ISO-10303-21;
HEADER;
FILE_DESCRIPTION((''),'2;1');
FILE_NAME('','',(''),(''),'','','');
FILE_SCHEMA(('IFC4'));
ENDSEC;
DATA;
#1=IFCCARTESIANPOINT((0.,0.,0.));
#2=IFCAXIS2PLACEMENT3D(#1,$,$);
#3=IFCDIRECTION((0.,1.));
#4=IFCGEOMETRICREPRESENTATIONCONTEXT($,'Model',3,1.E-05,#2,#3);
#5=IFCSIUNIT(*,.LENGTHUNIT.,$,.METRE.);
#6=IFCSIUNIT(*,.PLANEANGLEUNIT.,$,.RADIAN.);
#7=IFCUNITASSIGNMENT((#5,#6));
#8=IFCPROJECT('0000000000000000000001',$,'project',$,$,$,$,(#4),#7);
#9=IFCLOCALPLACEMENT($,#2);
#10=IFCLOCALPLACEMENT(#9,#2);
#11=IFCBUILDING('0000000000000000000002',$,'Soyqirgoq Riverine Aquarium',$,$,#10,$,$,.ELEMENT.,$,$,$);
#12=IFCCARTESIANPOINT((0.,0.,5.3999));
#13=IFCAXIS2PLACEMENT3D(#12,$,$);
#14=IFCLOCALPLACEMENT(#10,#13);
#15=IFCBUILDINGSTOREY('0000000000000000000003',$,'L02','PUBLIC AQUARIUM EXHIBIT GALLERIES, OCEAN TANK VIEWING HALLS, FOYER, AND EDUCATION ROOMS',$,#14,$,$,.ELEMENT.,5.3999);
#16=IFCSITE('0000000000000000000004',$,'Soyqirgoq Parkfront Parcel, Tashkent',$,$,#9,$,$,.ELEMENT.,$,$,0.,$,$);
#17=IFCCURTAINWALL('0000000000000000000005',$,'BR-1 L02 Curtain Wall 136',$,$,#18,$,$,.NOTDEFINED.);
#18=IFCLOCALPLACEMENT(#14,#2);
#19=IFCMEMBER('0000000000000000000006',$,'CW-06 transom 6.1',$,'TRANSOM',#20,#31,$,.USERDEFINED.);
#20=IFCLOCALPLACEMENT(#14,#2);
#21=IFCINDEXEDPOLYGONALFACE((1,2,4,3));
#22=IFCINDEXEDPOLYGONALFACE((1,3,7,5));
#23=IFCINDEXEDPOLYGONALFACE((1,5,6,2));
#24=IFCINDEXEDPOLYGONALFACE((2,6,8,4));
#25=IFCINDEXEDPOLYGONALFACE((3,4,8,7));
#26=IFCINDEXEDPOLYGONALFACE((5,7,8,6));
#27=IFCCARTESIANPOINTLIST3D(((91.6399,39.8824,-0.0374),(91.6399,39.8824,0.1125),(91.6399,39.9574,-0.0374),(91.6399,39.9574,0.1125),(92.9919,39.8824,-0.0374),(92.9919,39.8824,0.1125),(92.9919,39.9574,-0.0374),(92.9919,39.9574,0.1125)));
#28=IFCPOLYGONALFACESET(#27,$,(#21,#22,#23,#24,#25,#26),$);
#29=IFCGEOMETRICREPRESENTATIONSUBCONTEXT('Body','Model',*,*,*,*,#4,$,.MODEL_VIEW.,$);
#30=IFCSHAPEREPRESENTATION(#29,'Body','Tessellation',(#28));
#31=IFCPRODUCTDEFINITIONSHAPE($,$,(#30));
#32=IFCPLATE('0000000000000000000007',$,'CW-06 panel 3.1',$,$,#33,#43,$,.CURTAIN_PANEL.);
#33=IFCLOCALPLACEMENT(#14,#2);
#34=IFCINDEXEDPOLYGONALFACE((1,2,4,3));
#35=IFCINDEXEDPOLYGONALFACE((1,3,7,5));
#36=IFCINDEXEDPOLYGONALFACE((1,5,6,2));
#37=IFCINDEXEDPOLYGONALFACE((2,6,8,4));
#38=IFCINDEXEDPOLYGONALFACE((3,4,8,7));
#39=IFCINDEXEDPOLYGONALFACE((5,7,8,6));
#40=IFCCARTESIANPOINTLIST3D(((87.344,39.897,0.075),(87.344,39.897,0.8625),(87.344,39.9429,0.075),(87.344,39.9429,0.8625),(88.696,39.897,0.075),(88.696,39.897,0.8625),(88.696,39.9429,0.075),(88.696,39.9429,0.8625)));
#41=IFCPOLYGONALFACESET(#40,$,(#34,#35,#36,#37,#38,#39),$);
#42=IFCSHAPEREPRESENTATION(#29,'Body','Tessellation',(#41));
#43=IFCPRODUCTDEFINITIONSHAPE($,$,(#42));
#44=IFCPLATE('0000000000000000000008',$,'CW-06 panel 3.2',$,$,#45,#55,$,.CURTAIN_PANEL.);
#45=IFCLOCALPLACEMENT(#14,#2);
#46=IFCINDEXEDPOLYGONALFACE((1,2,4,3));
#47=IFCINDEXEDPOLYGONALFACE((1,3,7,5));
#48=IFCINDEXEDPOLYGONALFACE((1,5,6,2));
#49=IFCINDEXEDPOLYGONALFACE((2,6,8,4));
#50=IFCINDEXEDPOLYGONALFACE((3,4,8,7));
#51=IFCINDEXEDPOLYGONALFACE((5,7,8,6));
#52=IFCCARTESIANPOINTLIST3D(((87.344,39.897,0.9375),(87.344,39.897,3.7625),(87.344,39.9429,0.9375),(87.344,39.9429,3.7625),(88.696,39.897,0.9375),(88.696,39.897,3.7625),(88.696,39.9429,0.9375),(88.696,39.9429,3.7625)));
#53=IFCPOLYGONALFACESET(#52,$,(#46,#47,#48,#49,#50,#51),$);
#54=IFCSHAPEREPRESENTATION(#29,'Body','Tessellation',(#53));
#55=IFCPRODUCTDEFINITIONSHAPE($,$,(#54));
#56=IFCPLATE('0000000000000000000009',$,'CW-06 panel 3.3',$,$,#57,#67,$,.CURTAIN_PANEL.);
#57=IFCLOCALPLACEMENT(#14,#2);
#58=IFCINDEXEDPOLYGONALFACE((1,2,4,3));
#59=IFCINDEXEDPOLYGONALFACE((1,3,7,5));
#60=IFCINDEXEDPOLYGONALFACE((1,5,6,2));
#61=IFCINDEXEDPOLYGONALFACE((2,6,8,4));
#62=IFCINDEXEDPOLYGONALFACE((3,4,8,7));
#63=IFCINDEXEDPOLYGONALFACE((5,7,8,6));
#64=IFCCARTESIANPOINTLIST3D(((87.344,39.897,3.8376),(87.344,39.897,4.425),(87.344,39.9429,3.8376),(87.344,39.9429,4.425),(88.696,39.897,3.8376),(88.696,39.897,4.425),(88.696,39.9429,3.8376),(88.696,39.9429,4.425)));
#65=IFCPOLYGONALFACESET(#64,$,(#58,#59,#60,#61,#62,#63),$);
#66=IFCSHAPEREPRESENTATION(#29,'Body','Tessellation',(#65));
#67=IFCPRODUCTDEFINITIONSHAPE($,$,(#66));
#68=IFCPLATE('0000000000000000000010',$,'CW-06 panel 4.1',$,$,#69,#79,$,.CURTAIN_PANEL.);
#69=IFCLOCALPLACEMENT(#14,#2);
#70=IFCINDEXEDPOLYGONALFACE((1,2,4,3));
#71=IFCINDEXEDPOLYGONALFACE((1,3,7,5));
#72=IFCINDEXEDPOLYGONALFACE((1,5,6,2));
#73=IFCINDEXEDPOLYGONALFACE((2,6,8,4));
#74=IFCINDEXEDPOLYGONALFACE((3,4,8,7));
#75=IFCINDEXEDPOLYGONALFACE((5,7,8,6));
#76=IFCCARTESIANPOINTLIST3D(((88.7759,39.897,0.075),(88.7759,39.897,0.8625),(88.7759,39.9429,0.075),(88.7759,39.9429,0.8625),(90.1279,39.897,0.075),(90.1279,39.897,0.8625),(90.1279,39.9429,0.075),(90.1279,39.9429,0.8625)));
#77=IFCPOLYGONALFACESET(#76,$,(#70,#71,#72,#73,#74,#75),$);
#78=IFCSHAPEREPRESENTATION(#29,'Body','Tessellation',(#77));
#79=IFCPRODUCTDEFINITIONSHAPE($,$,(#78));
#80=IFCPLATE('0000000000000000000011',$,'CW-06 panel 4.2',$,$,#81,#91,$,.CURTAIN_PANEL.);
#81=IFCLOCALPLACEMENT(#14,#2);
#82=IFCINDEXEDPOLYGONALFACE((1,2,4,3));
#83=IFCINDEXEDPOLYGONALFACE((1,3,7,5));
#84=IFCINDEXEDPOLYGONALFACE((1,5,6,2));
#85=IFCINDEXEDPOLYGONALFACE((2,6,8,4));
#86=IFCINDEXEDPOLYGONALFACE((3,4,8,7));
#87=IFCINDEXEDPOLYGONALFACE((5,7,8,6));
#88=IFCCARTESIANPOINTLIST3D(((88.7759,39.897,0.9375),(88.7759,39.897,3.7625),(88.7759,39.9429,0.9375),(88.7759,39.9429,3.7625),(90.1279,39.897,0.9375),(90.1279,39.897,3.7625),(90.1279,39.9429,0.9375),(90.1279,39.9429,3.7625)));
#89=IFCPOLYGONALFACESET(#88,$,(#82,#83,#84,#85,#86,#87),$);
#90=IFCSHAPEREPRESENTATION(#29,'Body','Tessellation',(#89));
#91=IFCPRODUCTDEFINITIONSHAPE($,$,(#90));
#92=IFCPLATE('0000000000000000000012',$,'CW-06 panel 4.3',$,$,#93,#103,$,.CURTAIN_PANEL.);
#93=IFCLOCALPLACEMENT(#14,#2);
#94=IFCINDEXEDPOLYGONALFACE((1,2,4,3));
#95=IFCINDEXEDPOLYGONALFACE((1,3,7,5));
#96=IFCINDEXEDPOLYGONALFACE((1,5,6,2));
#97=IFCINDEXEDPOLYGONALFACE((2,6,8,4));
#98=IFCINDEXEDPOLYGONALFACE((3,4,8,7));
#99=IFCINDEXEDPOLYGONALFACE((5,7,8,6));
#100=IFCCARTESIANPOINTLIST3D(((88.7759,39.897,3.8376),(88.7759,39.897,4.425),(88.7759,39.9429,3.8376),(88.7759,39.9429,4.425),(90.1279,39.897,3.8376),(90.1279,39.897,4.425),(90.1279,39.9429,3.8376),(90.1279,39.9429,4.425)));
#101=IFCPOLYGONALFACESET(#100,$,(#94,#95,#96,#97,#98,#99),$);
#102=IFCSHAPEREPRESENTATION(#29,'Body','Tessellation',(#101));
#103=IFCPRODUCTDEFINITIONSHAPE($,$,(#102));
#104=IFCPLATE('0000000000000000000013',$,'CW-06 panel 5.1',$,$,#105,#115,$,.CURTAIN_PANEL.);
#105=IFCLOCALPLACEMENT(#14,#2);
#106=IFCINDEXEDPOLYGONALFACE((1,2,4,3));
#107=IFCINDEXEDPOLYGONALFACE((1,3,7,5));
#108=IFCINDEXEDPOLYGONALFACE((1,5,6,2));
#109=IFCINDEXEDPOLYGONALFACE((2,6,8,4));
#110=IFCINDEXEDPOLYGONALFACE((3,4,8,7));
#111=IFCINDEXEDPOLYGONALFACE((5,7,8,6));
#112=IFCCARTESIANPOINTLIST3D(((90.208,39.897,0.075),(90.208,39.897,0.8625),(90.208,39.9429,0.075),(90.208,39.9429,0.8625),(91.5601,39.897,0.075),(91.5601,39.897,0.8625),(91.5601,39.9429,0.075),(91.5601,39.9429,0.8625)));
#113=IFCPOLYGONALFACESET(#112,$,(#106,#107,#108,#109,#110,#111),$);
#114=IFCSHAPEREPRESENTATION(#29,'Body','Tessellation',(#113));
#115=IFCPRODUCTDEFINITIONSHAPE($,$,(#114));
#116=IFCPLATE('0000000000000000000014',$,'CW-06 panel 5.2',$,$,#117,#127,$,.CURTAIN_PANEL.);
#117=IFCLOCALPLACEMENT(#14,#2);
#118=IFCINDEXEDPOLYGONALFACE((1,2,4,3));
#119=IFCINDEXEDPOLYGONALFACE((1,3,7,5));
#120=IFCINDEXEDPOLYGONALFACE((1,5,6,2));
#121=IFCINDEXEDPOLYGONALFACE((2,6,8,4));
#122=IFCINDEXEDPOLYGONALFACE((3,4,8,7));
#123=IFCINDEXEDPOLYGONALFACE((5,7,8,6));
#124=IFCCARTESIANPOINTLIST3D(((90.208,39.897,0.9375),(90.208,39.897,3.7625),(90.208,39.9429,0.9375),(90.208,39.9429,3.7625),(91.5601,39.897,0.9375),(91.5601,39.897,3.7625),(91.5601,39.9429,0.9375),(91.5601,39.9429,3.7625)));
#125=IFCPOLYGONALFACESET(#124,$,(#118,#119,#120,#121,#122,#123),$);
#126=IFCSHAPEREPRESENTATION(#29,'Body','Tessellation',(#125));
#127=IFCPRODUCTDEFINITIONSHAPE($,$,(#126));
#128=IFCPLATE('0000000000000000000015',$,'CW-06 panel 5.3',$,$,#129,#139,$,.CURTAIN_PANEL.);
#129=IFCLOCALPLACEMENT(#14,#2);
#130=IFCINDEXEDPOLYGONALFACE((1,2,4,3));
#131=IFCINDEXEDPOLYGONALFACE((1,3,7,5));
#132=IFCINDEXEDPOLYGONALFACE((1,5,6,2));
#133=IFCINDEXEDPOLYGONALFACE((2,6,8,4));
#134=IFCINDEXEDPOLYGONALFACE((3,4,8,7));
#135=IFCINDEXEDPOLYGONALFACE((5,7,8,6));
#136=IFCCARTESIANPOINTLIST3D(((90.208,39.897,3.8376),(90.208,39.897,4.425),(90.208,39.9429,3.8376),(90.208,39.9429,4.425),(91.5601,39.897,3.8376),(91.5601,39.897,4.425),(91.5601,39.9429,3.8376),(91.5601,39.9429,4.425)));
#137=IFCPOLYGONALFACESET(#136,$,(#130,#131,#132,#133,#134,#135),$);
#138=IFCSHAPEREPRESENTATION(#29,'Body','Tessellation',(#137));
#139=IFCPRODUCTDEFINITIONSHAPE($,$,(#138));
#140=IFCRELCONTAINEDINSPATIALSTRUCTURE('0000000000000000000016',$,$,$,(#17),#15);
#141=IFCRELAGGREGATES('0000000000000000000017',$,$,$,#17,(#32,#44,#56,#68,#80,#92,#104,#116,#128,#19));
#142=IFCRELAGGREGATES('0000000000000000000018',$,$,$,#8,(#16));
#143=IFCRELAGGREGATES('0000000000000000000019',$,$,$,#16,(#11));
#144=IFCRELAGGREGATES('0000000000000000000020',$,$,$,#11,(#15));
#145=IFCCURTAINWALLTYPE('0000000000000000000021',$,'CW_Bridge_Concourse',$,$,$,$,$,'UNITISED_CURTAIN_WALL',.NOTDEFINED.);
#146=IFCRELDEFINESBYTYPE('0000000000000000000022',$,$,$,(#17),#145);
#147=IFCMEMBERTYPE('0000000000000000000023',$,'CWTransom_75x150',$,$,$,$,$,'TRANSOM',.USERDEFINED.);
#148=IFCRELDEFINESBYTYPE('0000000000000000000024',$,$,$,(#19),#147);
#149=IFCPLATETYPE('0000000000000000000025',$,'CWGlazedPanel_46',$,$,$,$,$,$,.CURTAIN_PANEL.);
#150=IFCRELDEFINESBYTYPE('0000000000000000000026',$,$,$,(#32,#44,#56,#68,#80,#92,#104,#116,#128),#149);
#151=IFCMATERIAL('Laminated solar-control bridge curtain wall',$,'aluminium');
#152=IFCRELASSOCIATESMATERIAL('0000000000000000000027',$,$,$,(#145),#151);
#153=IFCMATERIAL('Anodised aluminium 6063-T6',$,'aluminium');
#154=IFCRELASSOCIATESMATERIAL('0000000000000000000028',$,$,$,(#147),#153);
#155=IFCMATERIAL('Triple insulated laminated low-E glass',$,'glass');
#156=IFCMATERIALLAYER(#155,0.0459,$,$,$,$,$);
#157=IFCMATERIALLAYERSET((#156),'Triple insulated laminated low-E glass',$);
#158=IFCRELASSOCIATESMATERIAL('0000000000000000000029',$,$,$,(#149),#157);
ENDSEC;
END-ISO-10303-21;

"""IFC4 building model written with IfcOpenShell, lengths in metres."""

from ifc_helpers import new_model, si_unit, direction, frame, origin, origin_2d, place, context, subcontext, project, spatial, rectangle, extrude, material, layer, layer_set, material_profile, profile_set, type_object, element, aggregate, save


model = new_model("IFC4")

# Units and contexts
model_context = context("Model", 3, precision=1e-05, world=origin(), true_north=direction((0.0, 1.0)))
body_context = subcontext(model_context, "Body", "Model", "MODEL_VIEW")
ifc_project = project(units=[si_unit("LENGTHUNIT", "METRE"), si_unit("PLANEANGLEUNIT", "RADIAN")], contexts=[model_context])

# Site, building, storey
site_placement = place(None, origin())
site = spatial("IfcSite", under=ifc_project, at=site_placement, Name="Soyqirgoq Parkfront Parcel, Tashkent", CompositionType="ELEMENT", RefElevation=0.0)
building_placement = place(site_placement, origin())
building = spatial("IfcBuilding", under=site, at=building_placement, Name="Soyqirgoq Riverine Aquarium", CompositionType="ELEMENT")
storey_placement = place(building_placement, frame((0.0, 0.0, 5.3999)))
storey = spatial("IfcBuildingStorey", under=building, at=storey_placement, Name="L02", Description="PUBLIC AQUARIUM EXHIBIT GALLERIES, OCEAN TANK VIEWING HALLS, FOYER, AND EDUCATION ROOMS", CompositionType="ELEMENT", Elevation=5.3999)

# Curtain wall, member, plates
ifc_material_1 = material(Name="Laminated solar-control bridge curtain wall", Category="aluminium")
curtain_wall_type = type_object("IfcCurtainWallType", Name="CW_Bridge_Concourse", ElementType="UNITISED_CURTAIN_WALL", PredefinedType="NOTDEFINED", material=ifc_material_1)
curtain_wall_placement = place(storey_placement, origin())
curtain_wall = element("IfcCurtainWall", 1, at=curtain_wall_placement, inside=storey, type_object=curtain_wall_type, Name="BR-1 L02 Curtain Wall 136", PredefinedType="NOTDEFINED")
ifc_material_2 = material(Name="Anodised aluminium 6063-T6", Category="aluminium")
ifc_material_profile_1 = material_profile(ifc_material_2, rectangle(XDim=0.075, YDim=0.1499, at=origin_2d()), Name="ALU-T 75x150")
ifc_profile_set_1 = profile_set([ifc_material_profile_1], Name="Anodised aluminium 6063-T6")
member_type_1 = type_object("IfcMemberType", Name="CWTransom_75x150", ElementType="TRANSOM", PredefinedType="USERDEFINED", material=ifc_profile_set_1)
member_1_placement = place(storey_placement, frame((91.6399, 39.9199, 0.0376), z_axis=(1.0, 0.0, 0.0), x_axis=(0.0, 1.0, 0.0)))
member_1 = element("IfcMember", 2, at=member_1_placement, type_object=member_type_1, Name="CW-06 transom 6.1", ObjectType="TRANSOM", PredefinedType="USERDEFINED", context=body_context, shape_type="SweptSolid", body=[
    extrude(rectangle(XDim=0.075, YDim=0.1499, at=origin_2d()), origin(), (0.0, 0.0, 1.0), 1.3521),
])
ifc_material_3 = material(Name="Triple insulated laminated low-E glass", Category="glass")
ifc_layer = layer(ifc_material_3, 0.0459)
ifc_layer_set = layer_set([ifc_layer], Name="Triple insulated laminated low-E glass")
plate_type = type_object("IfcPlateType", Name="CWGlazedPanel_46", PredefinedType="CURTAIN_PANEL", material=ifc_layer_set)
plate_1_placement = place(storey_placement, frame((88.02, 39.9199, 0.075), z_axis=(0.0, 0.0, 1.0), x_axis=(1.0, 0.0, 0.0)))
plate_1 = element("IfcPlate", 3, at=plate_1_placement, type_object=plate_type, Name="CW-06 panel 3.1", PredefinedType="CURTAIN_PANEL", context=body_context, shape_type="SweptSolid", body=[
    extrude(rectangle(XDim=1.3521, YDim=0.0459, at=origin_2d()), origin(), (0.0, 0.0, 1.0), 0.7876),
])
plate_2_placement = place(storey_placement, frame((88.02, 39.9199, 0.9375), z_axis=(0.0, 0.0, 1.0), x_axis=(1.0, 0.0, 0.0)))
plate_2 = element("IfcPlate", 4, at=plate_2_placement, type_object=plate_type, Name="CW-06 panel 3.2", PredefinedType="CURTAIN_PANEL", context=body_context, shape_type="SweptSolid", body=[
    extrude(rectangle(XDim=1.3521, YDim=0.0459, at=origin_2d()), origin(), (0.0, 0.0, 1.0), 2.825),
])
plate_3_placement = place(storey_placement, frame((88.02, 39.9199, 3.8376), z_axis=(0.0, 0.0, 1.0), x_axis=(1.0, 0.0, 0.0)))
plate_3 = element("IfcPlate", 5, at=plate_3_placement, type_object=plate_type, Name="CW-06 panel 3.3", PredefinedType="CURTAIN_PANEL", context=body_context, shape_type="SweptSolid", body=[
    extrude(rectangle(XDim=1.3521, YDim=0.0459, at=origin_2d()), origin(), (0.0, 0.0, 1.0), 0.5874),
])
plate_4_placement = place(storey_placement, frame((89.4519, 39.9199, 0.075), z_axis=(0.0, 0.0, 1.0), x_axis=(1.0, 0.0, 0.0)))
plate_4 = element("IfcPlate", 6, at=plate_4_placement, type_object=plate_type, Name="CW-06 panel 4.1", PredefinedType="CURTAIN_PANEL", context=body_context, shape_type="SweptSolid", body=[
    extrude(rectangle(XDim=1.3521, YDim=0.0459, at=origin_2d()), origin(), (0.0, 0.0, 1.0), 0.7876),
])
plate_5_placement = place(storey_placement, frame((89.4519, 39.9199, 0.9375), z_axis=(0.0, 0.0, 1.0), x_axis=(1.0, 0.0, 0.0)))
plate_5 = element("IfcPlate", 7, at=plate_5_placement, type_object=plate_type, Name="CW-06 panel 4.2", PredefinedType="CURTAIN_PANEL", context=body_context, shape_type="SweptSolid", body=[
    extrude(rectangle(XDim=1.3521, YDim=0.0459, at=origin_2d()), origin(), (0.0, 0.0, 1.0), 2.825),
])
plate_6_placement = place(storey_placement, frame((89.4519, 39.9199, 3.8376), z_axis=(0.0, 0.0, 1.0), x_axis=(1.0, 0.0, 0.0)))
plate_6 = element("IfcPlate", 8, at=plate_6_placement, type_object=plate_type, Name="CW-06 panel 4.3", PredefinedType="CURTAIN_PANEL", context=body_context, shape_type="SweptSolid", body=[
    extrude(rectangle(XDim=1.3521, YDim=0.0459, at=origin_2d()), origin(), (0.0, 0.0, 1.0), 0.5874),
])
plate_7_placement = place(storey_placement, frame((90.884, 39.9199, 0.075), z_axis=(0.0, 0.0, 1.0), x_axis=(1.0, 0.0, 0.0)))
plate_7 = element("IfcPlate", 9, at=plate_7_placement, type_object=plate_type, Name="CW-06 panel 5.1", PredefinedType="CURTAIN_PANEL", context=body_context, shape_type="SweptSolid", body=[
    extrude(rectangle(XDim=1.3521, YDim=0.0459, at=origin_2d()), origin(), (0.0, 0.0, 1.0), 0.7876),
])
plate_8_placement = place(storey_placement, frame((90.884, 39.9199, 0.9375), z_axis=(0.0, 0.0, 1.0), x_axis=(1.0, 0.0, 0.0)))
plate_8 = element("IfcPlate", 10, at=plate_8_placement, type_object=plate_type, Name="CW-06 panel 5.2", PredefinedType="CURTAIN_PANEL", context=body_context, shape_type="SweptSolid", body=[
    extrude(rectangle(XDim=1.3521, YDim=0.0459, at=origin_2d()), origin(), (0.0, 0.0, 1.0), 2.825),
])
plate_9_placement = place(storey_placement, frame((90.884, 39.9199, 3.8376), z_axis=(0.0, 0.0, 1.0), x_axis=(1.0, 0.0, 0.0)))
plate_9 = element("IfcPlate", 11, at=plate_9_placement, type_object=plate_type, Name="CW-06 panel 5.3", PredefinedType="CURTAIN_PANEL", context=body_context, shape_type="SweptSolid", body=[
    extrude(rectangle(XDim=1.3521, YDim=0.0459, at=origin_2d()), origin(), (0.0, 0.0, 1.0), 0.5874),
])
aggregate(curtain_wall, [plate_1, plate_2, plate_3, plate_4, plate_5, plate_6, plate_7, plate_8, plate_9, member_1])

save(model, "model.ifc")
